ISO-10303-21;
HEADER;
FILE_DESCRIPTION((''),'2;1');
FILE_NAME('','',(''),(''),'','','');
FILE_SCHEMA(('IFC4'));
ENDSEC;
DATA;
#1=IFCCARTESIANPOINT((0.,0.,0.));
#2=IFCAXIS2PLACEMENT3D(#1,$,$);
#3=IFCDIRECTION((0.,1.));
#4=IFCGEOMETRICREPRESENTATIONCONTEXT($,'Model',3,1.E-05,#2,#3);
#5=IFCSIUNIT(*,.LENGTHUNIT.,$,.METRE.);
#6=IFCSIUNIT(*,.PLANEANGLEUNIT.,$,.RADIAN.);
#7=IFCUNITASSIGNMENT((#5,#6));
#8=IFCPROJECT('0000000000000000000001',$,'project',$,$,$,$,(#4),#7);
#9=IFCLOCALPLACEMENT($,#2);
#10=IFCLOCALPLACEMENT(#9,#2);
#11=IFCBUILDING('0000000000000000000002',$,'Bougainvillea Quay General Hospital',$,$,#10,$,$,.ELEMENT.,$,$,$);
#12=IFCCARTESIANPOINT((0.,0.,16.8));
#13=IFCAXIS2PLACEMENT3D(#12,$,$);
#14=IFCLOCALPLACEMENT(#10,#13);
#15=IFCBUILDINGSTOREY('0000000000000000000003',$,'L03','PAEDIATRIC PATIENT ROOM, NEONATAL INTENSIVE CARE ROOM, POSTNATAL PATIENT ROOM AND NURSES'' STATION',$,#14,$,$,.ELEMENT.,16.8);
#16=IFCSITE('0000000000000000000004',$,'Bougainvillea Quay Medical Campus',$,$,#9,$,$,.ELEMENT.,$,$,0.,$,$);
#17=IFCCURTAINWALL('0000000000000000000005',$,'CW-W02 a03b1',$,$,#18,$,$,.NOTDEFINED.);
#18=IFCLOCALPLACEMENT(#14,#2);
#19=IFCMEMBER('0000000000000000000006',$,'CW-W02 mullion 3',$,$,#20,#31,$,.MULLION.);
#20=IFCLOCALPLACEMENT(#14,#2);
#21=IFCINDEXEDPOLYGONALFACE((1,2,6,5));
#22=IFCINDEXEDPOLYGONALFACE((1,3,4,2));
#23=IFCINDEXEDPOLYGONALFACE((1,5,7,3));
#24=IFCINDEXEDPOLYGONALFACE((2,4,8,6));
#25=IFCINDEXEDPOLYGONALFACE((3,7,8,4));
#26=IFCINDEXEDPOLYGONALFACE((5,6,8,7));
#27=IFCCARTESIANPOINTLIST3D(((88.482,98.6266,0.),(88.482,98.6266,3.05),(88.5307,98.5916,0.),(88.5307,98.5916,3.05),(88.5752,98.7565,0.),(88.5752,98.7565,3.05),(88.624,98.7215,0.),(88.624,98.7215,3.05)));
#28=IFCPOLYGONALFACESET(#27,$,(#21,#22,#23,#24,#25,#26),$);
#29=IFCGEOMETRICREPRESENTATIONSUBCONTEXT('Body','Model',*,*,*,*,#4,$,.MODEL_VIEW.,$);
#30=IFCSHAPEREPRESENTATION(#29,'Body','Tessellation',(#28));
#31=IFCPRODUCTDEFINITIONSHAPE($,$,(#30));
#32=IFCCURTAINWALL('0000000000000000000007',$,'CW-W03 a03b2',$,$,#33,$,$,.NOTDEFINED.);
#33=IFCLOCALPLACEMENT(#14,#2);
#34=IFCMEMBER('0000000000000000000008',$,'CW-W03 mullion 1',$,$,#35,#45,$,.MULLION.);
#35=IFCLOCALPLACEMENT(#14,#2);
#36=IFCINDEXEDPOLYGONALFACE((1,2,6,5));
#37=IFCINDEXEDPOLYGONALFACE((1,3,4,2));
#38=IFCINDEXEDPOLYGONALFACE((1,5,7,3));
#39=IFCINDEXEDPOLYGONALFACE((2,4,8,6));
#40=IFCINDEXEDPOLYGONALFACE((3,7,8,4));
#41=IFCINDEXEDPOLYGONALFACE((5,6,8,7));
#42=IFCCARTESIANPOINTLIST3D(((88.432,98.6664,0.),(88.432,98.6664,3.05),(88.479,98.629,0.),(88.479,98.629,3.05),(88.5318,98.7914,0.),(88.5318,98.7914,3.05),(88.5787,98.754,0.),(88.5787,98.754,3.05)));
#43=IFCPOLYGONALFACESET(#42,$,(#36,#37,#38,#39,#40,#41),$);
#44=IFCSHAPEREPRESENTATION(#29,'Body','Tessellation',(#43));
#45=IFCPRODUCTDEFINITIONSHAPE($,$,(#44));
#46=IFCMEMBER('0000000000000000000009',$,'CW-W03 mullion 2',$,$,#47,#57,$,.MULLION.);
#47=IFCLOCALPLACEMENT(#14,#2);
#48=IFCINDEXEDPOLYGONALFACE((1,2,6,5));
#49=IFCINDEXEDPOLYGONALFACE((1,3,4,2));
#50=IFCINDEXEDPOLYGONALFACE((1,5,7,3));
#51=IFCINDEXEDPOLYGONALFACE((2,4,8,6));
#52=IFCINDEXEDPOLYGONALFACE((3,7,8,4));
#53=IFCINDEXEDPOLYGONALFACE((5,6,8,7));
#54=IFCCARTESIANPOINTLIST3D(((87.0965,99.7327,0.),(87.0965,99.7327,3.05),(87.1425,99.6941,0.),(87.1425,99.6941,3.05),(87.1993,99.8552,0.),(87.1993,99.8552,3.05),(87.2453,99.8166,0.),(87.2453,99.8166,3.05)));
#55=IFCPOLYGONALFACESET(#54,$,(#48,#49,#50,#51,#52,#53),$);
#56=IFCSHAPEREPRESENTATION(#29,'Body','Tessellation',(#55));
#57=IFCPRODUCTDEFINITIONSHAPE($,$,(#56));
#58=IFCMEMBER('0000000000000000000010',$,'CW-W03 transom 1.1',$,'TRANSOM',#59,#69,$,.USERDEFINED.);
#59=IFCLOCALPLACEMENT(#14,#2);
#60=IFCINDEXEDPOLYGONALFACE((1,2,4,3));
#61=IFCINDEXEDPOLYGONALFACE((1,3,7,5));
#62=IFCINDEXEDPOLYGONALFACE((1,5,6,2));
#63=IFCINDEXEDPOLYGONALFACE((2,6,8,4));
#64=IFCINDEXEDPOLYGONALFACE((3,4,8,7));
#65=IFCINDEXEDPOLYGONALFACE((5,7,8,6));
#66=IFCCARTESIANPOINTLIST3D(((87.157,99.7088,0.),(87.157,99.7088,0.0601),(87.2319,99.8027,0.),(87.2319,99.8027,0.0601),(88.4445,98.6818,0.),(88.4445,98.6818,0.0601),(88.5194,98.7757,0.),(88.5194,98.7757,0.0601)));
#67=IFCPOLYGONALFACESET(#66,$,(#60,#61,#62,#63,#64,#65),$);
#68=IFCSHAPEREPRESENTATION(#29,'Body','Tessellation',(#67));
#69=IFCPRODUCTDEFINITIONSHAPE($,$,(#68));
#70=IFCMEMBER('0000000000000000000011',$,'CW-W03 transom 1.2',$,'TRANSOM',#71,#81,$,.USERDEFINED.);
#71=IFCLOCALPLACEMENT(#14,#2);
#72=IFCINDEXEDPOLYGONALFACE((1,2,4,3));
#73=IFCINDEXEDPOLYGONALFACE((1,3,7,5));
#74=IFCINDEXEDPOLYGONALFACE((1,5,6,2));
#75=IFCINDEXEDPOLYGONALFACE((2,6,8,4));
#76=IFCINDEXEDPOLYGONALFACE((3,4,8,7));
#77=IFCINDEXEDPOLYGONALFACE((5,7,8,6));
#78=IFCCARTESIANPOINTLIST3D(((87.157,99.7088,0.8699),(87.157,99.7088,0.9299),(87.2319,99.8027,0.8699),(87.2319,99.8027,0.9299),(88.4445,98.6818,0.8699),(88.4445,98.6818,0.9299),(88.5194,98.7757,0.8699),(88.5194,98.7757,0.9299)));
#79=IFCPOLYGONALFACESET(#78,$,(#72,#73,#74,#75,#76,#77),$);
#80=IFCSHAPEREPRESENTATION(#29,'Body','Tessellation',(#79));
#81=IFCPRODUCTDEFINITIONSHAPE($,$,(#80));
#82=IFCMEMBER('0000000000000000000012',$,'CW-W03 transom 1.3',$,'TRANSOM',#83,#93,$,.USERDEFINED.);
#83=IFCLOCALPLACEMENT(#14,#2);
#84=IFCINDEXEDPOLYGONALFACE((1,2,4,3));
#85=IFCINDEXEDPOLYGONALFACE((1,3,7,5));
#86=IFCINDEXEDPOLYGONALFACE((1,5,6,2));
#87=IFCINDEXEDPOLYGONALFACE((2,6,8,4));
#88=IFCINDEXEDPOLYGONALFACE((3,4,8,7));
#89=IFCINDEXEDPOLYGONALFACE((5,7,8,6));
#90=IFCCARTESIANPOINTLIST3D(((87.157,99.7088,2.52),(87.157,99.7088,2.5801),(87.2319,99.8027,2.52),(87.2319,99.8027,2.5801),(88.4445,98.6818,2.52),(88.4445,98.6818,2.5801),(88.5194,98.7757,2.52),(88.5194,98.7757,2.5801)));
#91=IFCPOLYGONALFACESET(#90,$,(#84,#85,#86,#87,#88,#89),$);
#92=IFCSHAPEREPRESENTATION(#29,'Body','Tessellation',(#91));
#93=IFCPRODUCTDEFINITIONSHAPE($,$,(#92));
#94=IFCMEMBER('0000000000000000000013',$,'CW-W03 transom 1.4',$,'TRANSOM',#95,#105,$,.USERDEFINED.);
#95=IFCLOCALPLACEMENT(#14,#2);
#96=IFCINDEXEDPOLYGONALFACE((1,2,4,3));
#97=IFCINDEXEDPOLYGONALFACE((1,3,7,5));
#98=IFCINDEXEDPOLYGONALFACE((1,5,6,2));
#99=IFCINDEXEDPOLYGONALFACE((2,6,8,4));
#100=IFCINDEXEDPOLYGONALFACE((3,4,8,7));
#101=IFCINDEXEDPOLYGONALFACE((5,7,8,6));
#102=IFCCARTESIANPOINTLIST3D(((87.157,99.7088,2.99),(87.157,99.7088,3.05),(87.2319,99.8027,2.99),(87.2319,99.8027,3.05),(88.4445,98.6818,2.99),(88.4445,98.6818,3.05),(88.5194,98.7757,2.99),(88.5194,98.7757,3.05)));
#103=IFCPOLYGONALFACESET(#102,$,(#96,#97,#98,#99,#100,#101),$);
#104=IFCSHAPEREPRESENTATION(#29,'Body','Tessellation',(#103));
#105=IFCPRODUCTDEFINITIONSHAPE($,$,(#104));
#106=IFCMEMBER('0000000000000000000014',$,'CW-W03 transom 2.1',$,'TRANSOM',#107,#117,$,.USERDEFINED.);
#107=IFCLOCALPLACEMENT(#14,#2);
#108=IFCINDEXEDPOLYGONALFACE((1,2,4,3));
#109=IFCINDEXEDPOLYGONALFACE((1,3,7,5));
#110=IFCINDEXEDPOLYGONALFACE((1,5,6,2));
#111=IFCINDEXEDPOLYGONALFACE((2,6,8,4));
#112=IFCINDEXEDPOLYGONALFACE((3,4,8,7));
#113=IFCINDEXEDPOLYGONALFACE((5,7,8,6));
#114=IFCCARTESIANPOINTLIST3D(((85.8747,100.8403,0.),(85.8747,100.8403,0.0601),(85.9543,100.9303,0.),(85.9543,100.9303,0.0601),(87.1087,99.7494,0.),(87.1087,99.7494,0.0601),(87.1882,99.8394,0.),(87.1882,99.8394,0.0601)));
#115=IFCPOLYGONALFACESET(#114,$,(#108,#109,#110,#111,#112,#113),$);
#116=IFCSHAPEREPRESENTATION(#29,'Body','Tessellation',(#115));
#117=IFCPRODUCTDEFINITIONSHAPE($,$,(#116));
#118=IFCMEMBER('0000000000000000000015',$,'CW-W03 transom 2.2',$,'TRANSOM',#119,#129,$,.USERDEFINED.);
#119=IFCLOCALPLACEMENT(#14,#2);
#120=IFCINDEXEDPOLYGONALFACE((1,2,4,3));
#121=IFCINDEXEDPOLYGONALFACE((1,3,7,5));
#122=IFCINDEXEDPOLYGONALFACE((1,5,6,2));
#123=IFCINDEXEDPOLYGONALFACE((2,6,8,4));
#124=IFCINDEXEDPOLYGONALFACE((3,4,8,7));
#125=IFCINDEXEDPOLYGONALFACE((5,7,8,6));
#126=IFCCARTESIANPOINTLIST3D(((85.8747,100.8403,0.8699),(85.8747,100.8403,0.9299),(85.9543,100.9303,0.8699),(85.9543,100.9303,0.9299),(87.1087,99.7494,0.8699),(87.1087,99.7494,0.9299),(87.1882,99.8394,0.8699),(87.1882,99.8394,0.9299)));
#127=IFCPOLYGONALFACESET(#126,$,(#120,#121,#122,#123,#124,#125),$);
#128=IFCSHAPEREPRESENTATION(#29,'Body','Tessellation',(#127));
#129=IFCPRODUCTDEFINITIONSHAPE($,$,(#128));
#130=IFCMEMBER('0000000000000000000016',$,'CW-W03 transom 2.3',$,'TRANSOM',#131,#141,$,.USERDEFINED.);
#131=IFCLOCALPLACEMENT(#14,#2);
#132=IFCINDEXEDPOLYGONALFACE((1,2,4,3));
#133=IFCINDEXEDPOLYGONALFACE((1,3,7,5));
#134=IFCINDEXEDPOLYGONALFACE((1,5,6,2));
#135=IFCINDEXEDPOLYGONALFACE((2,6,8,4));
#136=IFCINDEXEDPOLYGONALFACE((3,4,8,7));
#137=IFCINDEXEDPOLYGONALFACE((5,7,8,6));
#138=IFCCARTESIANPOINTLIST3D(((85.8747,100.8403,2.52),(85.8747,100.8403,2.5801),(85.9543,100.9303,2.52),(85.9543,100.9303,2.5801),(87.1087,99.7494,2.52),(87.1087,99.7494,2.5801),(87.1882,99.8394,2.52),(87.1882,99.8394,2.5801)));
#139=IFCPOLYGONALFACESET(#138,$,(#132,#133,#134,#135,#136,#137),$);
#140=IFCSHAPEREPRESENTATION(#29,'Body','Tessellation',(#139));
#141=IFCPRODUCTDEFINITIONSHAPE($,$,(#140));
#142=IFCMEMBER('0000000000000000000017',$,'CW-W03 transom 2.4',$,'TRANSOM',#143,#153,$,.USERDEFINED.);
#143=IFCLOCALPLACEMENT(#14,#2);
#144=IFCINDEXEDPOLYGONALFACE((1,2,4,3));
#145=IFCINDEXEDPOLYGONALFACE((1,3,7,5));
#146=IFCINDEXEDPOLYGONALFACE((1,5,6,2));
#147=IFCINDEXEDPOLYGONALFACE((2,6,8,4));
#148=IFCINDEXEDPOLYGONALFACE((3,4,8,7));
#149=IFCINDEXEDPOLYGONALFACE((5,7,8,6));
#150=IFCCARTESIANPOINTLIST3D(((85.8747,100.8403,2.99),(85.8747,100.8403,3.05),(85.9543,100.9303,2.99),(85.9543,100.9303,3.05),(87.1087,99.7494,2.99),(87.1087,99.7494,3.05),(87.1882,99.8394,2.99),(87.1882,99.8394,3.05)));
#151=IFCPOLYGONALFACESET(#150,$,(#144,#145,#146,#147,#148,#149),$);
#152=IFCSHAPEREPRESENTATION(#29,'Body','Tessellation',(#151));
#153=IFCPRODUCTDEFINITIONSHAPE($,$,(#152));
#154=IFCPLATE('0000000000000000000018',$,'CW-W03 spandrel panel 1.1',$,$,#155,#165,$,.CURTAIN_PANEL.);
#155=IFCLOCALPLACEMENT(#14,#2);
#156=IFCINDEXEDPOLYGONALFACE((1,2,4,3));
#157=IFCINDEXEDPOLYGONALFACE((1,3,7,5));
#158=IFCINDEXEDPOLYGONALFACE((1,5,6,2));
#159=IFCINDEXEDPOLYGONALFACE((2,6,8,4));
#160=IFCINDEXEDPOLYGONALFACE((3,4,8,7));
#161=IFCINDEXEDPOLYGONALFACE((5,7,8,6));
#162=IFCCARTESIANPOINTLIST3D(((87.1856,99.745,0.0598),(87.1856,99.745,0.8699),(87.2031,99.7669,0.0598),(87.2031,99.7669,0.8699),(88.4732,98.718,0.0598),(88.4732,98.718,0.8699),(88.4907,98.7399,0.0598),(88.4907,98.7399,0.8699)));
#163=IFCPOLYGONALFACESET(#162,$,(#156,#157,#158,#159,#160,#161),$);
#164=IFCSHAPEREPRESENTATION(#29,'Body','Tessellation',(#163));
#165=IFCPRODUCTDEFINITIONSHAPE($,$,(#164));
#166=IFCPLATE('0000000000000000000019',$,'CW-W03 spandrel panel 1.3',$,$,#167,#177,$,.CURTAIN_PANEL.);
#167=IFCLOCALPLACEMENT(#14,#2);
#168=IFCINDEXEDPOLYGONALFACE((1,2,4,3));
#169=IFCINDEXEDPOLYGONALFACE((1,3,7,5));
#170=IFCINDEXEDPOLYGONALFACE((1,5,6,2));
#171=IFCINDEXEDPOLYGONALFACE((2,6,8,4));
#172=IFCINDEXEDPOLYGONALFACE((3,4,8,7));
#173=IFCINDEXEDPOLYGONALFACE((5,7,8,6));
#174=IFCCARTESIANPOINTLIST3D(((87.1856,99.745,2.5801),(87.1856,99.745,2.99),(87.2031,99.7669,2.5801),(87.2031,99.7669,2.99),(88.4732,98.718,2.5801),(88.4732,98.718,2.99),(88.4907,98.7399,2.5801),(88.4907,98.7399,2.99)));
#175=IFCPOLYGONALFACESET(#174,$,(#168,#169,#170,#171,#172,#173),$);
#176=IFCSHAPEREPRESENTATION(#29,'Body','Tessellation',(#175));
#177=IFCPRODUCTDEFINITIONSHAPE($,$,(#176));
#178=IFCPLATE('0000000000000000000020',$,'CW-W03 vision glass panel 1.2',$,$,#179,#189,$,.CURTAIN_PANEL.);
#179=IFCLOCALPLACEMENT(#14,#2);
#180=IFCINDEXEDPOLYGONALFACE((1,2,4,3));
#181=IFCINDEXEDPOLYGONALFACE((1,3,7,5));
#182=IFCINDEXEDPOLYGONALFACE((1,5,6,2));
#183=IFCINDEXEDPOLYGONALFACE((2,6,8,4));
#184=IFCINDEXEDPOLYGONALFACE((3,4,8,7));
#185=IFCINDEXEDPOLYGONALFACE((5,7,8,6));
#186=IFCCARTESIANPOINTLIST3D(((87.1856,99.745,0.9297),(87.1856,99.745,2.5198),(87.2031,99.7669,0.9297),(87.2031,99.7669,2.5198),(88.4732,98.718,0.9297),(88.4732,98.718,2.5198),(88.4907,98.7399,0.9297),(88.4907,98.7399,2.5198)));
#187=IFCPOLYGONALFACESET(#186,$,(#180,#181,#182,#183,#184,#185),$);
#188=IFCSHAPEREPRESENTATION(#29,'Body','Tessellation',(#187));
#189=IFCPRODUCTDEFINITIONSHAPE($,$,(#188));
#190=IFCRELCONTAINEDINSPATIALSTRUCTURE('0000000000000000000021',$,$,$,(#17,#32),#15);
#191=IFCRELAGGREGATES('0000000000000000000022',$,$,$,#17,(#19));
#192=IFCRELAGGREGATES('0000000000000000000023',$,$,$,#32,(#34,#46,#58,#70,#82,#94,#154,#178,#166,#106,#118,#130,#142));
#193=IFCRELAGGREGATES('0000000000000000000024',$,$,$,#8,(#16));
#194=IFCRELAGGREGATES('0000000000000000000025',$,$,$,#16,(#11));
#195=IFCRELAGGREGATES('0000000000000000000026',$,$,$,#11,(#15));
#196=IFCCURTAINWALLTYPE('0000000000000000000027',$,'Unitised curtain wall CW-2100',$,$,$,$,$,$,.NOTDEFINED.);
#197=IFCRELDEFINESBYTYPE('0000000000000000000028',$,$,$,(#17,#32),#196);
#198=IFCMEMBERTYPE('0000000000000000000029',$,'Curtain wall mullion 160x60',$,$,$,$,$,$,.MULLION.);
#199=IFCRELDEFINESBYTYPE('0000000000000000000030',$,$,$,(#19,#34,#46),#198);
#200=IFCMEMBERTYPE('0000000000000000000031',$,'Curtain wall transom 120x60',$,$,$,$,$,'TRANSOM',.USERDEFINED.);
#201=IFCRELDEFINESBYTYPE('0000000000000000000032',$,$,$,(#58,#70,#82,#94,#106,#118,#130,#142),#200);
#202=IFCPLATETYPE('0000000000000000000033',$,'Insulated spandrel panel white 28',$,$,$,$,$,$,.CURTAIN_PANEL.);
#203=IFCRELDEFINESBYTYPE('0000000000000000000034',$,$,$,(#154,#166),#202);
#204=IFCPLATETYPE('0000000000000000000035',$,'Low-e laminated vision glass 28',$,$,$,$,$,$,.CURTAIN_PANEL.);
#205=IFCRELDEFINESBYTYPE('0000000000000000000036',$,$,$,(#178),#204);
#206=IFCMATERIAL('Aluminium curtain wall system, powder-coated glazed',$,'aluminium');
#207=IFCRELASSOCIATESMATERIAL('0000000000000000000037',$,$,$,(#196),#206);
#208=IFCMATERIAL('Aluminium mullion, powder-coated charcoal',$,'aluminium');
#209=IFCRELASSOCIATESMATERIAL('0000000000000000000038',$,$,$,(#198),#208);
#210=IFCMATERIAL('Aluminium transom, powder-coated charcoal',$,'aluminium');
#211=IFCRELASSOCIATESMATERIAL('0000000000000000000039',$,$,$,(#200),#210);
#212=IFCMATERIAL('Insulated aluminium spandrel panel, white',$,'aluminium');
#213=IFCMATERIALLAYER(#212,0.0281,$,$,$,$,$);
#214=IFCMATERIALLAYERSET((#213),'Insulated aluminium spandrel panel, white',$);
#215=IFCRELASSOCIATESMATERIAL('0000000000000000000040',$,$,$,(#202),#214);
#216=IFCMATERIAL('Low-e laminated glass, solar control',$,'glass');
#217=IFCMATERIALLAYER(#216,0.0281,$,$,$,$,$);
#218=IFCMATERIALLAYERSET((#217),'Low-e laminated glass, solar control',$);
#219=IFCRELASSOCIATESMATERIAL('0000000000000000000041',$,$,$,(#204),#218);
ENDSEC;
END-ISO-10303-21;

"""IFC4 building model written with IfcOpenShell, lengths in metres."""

from ifc_helpers import new_model, si_unit, direction, frame, origin, origin_2d, place, context, subcontext, project, spatial, rectangle, extrude, material, layer, layer_set, material_profile, profile_set, type_object, element, aggregate, save


model = new_model("IFC4")

# Units and contexts
model_context = context("Model", 3, precision=1e-05, world=origin(), true_north=direction((0.0, 1.0)))
body_context = subcontext(model_context, "Body", "Model", "MODEL_VIEW")
ifc_project = project(units=[si_unit("LENGTHUNIT", "METRE"), si_unit("PLANEANGLEUNIT", "RADIAN")], contexts=[model_context])

# Site, building, storey
site_placement = place(None, origin())
site = spatial("IfcSite", under=ifc_project, at=site_placement, Name="Bougainvillea Quay Medical Campus", CompositionType="ELEMENT", RefElevation=0.0)
building_placement = place(site_placement, origin())
building = spatial("IfcBuilding", under=site, at=building_placement, Name="Bougainvillea Quay General Hospital", CompositionType="ELEMENT")
storey_placement = place(building_placement, frame((0.0, 0.0, 16.8)))
storey = spatial("IfcBuildingStorey", under=building, at=storey_placement, Name="L03", Description="PAEDIATRIC PATIENT ROOM, NEONATAL INTENSIVE CARE ROOM, POSTNATAL PATIENT ROOM AND NURSES' STATION", CompositionType="ELEMENT", Elevation=16.8)

# Curtain wall, member
ifc_material_1 = material(Name="Aluminium curtain wall system, powder-coated glazed", Category="aluminium")
curtain_wall_type = type_object("IfcCurtainWallType", Name="Unitised curtain wall CW-2100", PredefinedType="NOTDEFINED", material=ifc_material_1)
curtain_wall_1_placement = place(storey_placement, origin())
curtain_wall_1 = element("IfcCurtainWall", 1, at=curtain_wall_1_placement, inside=storey, type_object=curtain_wall_type, Name="CW-W02 a03b1", PredefinedType="NOTDEFINED")
ifc_material_2 = material(Name="Aluminium mullion, powder-coated charcoal", Category="aluminium")
ifc_material_profile_1 = material_profile(ifc_material_2, rectangle(XDim=0.1599, YDim=0.0601, at=origin_2d()))
ifc_profile_set_1 = profile_set([ifc_material_profile_1], Name="Aluminium mullion, powder-coated charcoal")
member_type_1 = type_object("IfcMemberType", Name="Curtain wall mullion 160x60", PredefinedType="MULLION", material=ifc_profile_set_1)
member_1_placement = place(storey_placement, frame((88.553, 98.6741, 0.0), z_axis=(0.0, 0.0, 1.0), x_axis=(-0.58313, -0.812379, 0.0)))
member_1 = element("IfcMember", 2, at=member_1_placement, type_object=member_type_1, Name="CW-W02 mullion 3", PredefinedType="MULLION", context=body_context, shape_type="SweptSolid", body=[
    extrude(rectangle(XDim=0.1599, YDim=0.0601, at=origin_2d()), origin(), (0.0, 0.0, 1.0), 3.05),
])
aggregate(curtain_wall_1, [member_1])

# Curtain wall, members, plates
curtain_wall_2_placement = place(storey_placement, origin())
curtain_wall_2 = element("IfcCurtainWall", 3, at=curtain_wall_2_placement, inside=storey, type_object=curtain_wall_type, Name="CW-W03 a03b2", PredefinedType="NOTDEFINED")
member_2_placement = place(storey_placement, frame((88.5054, 98.7102, 0.0), z_axis=(0.0, 0.0, 1.0), x_axis=(-0.623566, -0.781771, 0.0)))
member_2 = element("IfcMember", 4, at=member_2_placement, type_object=member_type_1, Name="CW-W03 mullion 1", PredefinedType="MULLION", context=body_context, shape_type="SweptSolid", body=[
    extrude(rectangle(XDim=0.1599, YDim=0.0601, at=origin_2d()), origin(), (0.0, 0.0, 1.0), 3.05),
])
member_3_placement = place(storey_placement, frame((87.1709, 99.7747, 0.0), z_axis=(0.0, 0.0, 1.0), x_axis=(-0.643189, -0.765708, 0.0)))
member_3 = element("IfcMember", 5, at=member_3_placement, type_object=member_type_1, Name="CW-W03 mullion 2", PredefinedType="MULLION", context=body_context, shape_type="SweptSolid", body=[
    extrude(rectangle(XDim=0.1599, YDim=0.0601, at=origin_2d()), origin(), (0.0, 0.0, 1.0), 3.05),
])
ifc_material_3 = material(Name="Aluminium transom, powder-coated charcoal", Category="aluminium")
ifc_material_profile_2 = material_profile(ifc_material_3, rectangle(XDim=0.1201, YDim=0.0601, at=origin_2d()))
ifc_profile_set_2 = profile_set([ifc_material_profile_2], Name="Aluminium transom, powder-coated charcoal")
member_type_2 = type_object("IfcMemberType", Name="Curtain wall transom 120x60", ElementType="TRANSOM", PredefinedType="USERDEFINED", material=ifc_profile_set_2)
member_4_placement = place(storey_placement, frame((88.4819, 98.7288, 0.03), z_axis=(-0.78175, 0.623592, 0.0), x_axis=(-0.623592, -0.78175, 0.0)))
member_4 = element("IfcMember", 6, at=member_4_placement, type_object=member_type_2, Name="CW-W03 transom 1.1", ObjectType="TRANSOM", PredefinedType="USERDEFINED", context=body_context, shape_type="SweptSolid", body=[
    extrude(rectangle(XDim=0.1201, YDim=0.0601, at=origin_2d()), origin(), (0.0, 0.0, 1.0), 1.647),
])
member_5_placement = place(storey_placement, frame((88.4819, 98.7288, 0.8999), z_axis=(-0.78175, 0.623592, 0.0), x_axis=(-0.623592, -0.78175, 0.0)))
member_5 = element("IfcMember", 7, at=member_5_placement, type_object=member_type_2, Name="CW-W03 transom 1.2", ObjectType="TRANSOM", PredefinedType="USERDEFINED", context=body_context, shape_type="SweptSolid", body=[
    extrude(rectangle(XDim=0.1201, YDim=0.0601, at=origin_2d()), origin(), (0.0, 0.0, 1.0), 1.647),
])
member_6_placement = place(storey_placement, frame((88.4819, 98.7288, 2.55), z_axis=(-0.78175, 0.623592, 0.0), x_axis=(-0.623592, -0.78175, 0.0)))
member_6 = element("IfcMember", 8, at=member_6_placement, type_object=member_type_2, Name="CW-W03 transom 1.3", ObjectType="TRANSOM", PredefinedType="USERDEFINED", context=body_context, shape_type="SweptSolid", body=[
    extrude(rectangle(XDim=0.1201, YDim=0.0601, at=origin_2d()), origin(), (0.0, 0.0, 1.0), 1.647),
])
member_7_placement = place(storey_placement, frame((88.4819, 98.7288, 3.02), z_axis=(-0.78175, 0.623592, 0.0), x_axis=(-0.623592, -0.78175, 0.0)))
member_7 = element("IfcMember", 9, at=member_7_placement, type_object=member_type_2, Name="CW-W03 transom 1.4", ObjectType="TRANSOM", PredefinedType="USERDEFINED", context=body_context, shape_type="SweptSolid", body=[
    extrude(rectangle(XDim=0.1201, YDim=0.0601, at=origin_2d()), origin(), (0.0, 0.0, 1.0), 1.647),
])
member_8_placement = place(storey_placement, frame((87.1484, 99.7944, 0.03), z_axis=(-0.749206, 0.662337, 0.0), x_axis=(-0.662337, -0.749206, 0.0)))
member_8 = element("IfcMember", 10, at=member_8_placement, type_object=member_type_2, Name="CW-W03 transom 2.1", ObjectType="TRANSOM", PredefinedType="USERDEFINED", context=body_context, shape_type="SweptSolid", body=[
    extrude(rectangle(XDim=0.1201, YDim=0.0601, at=origin_2d()), origin(), (0.0, 0.0, 1.0), 1.647),
])
member_9_placement = place(storey_placement, frame((87.1484, 99.7944, 0.8999), z_axis=(-0.749206, 0.662337, 0.0), x_axis=(-0.662337, -0.749206, 0.0)))
member_9 = element("IfcMember", 11, at=member_9_placement, type_object=member_type_2, Name="CW-W03 transom 2.2", ObjectType="TRANSOM", PredefinedType="USERDEFINED", context=body_context, shape_type="SweptSolid", body=[
    extrude(rectangle(XDim=0.1201, YDim=0.0601, at=origin_2d()), origin(), (0.0, 0.0, 1.0), 1.647),
])
member_10_placement = place(storey_placement, frame((87.1484, 99.7944, 2.55), z_axis=(-0.749206, 0.662337, 0.0), x_axis=(-0.662337, -0.749206, 0.0)))
member_10 = element("IfcMember", 12, at=member_10_placement, type_object=member_type_2, Name="CW-W03 transom 2.3", ObjectType="TRANSOM", PredefinedType="USERDEFINED", context=body_context, shape_type="SweptSolid", body=[
    extrude(rectangle(XDim=0.1201, YDim=0.0601, at=origin_2d()), origin(), (0.0, 0.0, 1.0), 1.647),
])
member_11_placement = place(storey_placement, frame((87.1484, 99.7944, 3.02), z_axis=(-0.749206, 0.662337, 0.0), x_axis=(-0.662337, -0.749206, 0.0)))
member_11 = element("IfcMember", 13, at=member_11_placement, type_object=member_type_2, Name="CW-W03 transom 2.4", ObjectType="TRANSOM", PredefinedType="USERDEFINED", context=body_context, shape_type="SweptSolid", body=[
    extrude(rectangle(XDim=0.1201, YDim=0.0601, at=origin_2d()), origin(), (0.0, 0.0, 1.0), 1.647),
])
ifc_material_4 = material(Name="Insulated aluminium spandrel panel, white", Category="aluminium")
ifc_layer_1 = layer(ifc_material_4, 0.0281)
ifc_layer_set_1 = layer_set([ifc_layer_1], Name="Insulated aluminium spandrel panel, white")
plate_type_1 = type_object("IfcPlateType", Name="Insulated spandrel panel white 28", PredefinedType="CURTAIN_PANEL", material=ifc_layer_set_1)
plate_1_placement = place(storey_placement, frame((87.8381, 99.2424, 0.0598), z_axis=(0.0, 0.0, 1.0), x_axis=(-0.781771, 0.623566, 0.0)))
plate_1 = element("IfcPlate", 14, at=plate_1_placement, type_object=plate_type_1, Name="CW-W03 spandrel panel 1.1", PredefinedType="CURTAIN_PANEL", context=body_context, shape_type="SweptSolid", body=[
    extrude(rectangle(XDim=1.647, YDim=0.0281, at=origin_2d()), origin(), (0.0, 0.0, 1.0), 0.8101),
])
plate_2_placement = place(storey_placement, frame((87.8381, 99.2424, 2.5801), z_axis=(0.0, 0.0, 1.0), x_axis=(-0.781771, 0.623566, 0.0)))
plate_2 = element("IfcPlate", 15, at=plate_2_placement, type_object=plate_type_1, Name="CW-W03 spandrel panel 1.3", PredefinedType="CURTAIN_PANEL", context=body_context, shape_type="SweptSolid", body=[
    extrude(rectangle(XDim=1.647, YDim=0.0281, at=origin_2d()), origin(), (0.0, 0.0, 1.0), 0.4099),
])
ifc_material_5 = material(Name="Low-e laminated glass, solar control", Category="glass")
ifc_layer_2 = layer(ifc_material_5, 0.0281)
ifc_layer_set_2 = layer_set([ifc_layer_2], Name="Low-e laminated glass, solar control")
plate_type_2 = type_object("IfcPlateType", Name="Low-e laminated vision glass 28", PredefinedType="CURTAIN_PANEL", material=ifc_layer_set_2)
plate_3_placement = place(storey_placement, frame((87.8381, 99.2424, 0.9297), z_axis=(0.0, 0.0, 1.0), x_axis=(-0.781771, 0.623566, 0.0)))
plate_3 = element("IfcPlate", 16, at=plate_3_placement, type_object=plate_type_2, Name="CW-W03 vision glass panel 1.2", PredefinedType="CURTAIN_PANEL", context=body_context, shape_type="SweptSolid", body=[
    extrude(rectangle(XDim=1.647, YDim=0.0281, at=origin_2d()), origin(), (0.0, 0.0, 1.0), 1.5901),
])
aggregate(curtain_wall_2, [member_2, member_3, member_4, member_5, member_6, member_7, plate_1, plate_3, plate_2, member_8, member_9, member_10, member_11])

save(model, "model.ifc")
